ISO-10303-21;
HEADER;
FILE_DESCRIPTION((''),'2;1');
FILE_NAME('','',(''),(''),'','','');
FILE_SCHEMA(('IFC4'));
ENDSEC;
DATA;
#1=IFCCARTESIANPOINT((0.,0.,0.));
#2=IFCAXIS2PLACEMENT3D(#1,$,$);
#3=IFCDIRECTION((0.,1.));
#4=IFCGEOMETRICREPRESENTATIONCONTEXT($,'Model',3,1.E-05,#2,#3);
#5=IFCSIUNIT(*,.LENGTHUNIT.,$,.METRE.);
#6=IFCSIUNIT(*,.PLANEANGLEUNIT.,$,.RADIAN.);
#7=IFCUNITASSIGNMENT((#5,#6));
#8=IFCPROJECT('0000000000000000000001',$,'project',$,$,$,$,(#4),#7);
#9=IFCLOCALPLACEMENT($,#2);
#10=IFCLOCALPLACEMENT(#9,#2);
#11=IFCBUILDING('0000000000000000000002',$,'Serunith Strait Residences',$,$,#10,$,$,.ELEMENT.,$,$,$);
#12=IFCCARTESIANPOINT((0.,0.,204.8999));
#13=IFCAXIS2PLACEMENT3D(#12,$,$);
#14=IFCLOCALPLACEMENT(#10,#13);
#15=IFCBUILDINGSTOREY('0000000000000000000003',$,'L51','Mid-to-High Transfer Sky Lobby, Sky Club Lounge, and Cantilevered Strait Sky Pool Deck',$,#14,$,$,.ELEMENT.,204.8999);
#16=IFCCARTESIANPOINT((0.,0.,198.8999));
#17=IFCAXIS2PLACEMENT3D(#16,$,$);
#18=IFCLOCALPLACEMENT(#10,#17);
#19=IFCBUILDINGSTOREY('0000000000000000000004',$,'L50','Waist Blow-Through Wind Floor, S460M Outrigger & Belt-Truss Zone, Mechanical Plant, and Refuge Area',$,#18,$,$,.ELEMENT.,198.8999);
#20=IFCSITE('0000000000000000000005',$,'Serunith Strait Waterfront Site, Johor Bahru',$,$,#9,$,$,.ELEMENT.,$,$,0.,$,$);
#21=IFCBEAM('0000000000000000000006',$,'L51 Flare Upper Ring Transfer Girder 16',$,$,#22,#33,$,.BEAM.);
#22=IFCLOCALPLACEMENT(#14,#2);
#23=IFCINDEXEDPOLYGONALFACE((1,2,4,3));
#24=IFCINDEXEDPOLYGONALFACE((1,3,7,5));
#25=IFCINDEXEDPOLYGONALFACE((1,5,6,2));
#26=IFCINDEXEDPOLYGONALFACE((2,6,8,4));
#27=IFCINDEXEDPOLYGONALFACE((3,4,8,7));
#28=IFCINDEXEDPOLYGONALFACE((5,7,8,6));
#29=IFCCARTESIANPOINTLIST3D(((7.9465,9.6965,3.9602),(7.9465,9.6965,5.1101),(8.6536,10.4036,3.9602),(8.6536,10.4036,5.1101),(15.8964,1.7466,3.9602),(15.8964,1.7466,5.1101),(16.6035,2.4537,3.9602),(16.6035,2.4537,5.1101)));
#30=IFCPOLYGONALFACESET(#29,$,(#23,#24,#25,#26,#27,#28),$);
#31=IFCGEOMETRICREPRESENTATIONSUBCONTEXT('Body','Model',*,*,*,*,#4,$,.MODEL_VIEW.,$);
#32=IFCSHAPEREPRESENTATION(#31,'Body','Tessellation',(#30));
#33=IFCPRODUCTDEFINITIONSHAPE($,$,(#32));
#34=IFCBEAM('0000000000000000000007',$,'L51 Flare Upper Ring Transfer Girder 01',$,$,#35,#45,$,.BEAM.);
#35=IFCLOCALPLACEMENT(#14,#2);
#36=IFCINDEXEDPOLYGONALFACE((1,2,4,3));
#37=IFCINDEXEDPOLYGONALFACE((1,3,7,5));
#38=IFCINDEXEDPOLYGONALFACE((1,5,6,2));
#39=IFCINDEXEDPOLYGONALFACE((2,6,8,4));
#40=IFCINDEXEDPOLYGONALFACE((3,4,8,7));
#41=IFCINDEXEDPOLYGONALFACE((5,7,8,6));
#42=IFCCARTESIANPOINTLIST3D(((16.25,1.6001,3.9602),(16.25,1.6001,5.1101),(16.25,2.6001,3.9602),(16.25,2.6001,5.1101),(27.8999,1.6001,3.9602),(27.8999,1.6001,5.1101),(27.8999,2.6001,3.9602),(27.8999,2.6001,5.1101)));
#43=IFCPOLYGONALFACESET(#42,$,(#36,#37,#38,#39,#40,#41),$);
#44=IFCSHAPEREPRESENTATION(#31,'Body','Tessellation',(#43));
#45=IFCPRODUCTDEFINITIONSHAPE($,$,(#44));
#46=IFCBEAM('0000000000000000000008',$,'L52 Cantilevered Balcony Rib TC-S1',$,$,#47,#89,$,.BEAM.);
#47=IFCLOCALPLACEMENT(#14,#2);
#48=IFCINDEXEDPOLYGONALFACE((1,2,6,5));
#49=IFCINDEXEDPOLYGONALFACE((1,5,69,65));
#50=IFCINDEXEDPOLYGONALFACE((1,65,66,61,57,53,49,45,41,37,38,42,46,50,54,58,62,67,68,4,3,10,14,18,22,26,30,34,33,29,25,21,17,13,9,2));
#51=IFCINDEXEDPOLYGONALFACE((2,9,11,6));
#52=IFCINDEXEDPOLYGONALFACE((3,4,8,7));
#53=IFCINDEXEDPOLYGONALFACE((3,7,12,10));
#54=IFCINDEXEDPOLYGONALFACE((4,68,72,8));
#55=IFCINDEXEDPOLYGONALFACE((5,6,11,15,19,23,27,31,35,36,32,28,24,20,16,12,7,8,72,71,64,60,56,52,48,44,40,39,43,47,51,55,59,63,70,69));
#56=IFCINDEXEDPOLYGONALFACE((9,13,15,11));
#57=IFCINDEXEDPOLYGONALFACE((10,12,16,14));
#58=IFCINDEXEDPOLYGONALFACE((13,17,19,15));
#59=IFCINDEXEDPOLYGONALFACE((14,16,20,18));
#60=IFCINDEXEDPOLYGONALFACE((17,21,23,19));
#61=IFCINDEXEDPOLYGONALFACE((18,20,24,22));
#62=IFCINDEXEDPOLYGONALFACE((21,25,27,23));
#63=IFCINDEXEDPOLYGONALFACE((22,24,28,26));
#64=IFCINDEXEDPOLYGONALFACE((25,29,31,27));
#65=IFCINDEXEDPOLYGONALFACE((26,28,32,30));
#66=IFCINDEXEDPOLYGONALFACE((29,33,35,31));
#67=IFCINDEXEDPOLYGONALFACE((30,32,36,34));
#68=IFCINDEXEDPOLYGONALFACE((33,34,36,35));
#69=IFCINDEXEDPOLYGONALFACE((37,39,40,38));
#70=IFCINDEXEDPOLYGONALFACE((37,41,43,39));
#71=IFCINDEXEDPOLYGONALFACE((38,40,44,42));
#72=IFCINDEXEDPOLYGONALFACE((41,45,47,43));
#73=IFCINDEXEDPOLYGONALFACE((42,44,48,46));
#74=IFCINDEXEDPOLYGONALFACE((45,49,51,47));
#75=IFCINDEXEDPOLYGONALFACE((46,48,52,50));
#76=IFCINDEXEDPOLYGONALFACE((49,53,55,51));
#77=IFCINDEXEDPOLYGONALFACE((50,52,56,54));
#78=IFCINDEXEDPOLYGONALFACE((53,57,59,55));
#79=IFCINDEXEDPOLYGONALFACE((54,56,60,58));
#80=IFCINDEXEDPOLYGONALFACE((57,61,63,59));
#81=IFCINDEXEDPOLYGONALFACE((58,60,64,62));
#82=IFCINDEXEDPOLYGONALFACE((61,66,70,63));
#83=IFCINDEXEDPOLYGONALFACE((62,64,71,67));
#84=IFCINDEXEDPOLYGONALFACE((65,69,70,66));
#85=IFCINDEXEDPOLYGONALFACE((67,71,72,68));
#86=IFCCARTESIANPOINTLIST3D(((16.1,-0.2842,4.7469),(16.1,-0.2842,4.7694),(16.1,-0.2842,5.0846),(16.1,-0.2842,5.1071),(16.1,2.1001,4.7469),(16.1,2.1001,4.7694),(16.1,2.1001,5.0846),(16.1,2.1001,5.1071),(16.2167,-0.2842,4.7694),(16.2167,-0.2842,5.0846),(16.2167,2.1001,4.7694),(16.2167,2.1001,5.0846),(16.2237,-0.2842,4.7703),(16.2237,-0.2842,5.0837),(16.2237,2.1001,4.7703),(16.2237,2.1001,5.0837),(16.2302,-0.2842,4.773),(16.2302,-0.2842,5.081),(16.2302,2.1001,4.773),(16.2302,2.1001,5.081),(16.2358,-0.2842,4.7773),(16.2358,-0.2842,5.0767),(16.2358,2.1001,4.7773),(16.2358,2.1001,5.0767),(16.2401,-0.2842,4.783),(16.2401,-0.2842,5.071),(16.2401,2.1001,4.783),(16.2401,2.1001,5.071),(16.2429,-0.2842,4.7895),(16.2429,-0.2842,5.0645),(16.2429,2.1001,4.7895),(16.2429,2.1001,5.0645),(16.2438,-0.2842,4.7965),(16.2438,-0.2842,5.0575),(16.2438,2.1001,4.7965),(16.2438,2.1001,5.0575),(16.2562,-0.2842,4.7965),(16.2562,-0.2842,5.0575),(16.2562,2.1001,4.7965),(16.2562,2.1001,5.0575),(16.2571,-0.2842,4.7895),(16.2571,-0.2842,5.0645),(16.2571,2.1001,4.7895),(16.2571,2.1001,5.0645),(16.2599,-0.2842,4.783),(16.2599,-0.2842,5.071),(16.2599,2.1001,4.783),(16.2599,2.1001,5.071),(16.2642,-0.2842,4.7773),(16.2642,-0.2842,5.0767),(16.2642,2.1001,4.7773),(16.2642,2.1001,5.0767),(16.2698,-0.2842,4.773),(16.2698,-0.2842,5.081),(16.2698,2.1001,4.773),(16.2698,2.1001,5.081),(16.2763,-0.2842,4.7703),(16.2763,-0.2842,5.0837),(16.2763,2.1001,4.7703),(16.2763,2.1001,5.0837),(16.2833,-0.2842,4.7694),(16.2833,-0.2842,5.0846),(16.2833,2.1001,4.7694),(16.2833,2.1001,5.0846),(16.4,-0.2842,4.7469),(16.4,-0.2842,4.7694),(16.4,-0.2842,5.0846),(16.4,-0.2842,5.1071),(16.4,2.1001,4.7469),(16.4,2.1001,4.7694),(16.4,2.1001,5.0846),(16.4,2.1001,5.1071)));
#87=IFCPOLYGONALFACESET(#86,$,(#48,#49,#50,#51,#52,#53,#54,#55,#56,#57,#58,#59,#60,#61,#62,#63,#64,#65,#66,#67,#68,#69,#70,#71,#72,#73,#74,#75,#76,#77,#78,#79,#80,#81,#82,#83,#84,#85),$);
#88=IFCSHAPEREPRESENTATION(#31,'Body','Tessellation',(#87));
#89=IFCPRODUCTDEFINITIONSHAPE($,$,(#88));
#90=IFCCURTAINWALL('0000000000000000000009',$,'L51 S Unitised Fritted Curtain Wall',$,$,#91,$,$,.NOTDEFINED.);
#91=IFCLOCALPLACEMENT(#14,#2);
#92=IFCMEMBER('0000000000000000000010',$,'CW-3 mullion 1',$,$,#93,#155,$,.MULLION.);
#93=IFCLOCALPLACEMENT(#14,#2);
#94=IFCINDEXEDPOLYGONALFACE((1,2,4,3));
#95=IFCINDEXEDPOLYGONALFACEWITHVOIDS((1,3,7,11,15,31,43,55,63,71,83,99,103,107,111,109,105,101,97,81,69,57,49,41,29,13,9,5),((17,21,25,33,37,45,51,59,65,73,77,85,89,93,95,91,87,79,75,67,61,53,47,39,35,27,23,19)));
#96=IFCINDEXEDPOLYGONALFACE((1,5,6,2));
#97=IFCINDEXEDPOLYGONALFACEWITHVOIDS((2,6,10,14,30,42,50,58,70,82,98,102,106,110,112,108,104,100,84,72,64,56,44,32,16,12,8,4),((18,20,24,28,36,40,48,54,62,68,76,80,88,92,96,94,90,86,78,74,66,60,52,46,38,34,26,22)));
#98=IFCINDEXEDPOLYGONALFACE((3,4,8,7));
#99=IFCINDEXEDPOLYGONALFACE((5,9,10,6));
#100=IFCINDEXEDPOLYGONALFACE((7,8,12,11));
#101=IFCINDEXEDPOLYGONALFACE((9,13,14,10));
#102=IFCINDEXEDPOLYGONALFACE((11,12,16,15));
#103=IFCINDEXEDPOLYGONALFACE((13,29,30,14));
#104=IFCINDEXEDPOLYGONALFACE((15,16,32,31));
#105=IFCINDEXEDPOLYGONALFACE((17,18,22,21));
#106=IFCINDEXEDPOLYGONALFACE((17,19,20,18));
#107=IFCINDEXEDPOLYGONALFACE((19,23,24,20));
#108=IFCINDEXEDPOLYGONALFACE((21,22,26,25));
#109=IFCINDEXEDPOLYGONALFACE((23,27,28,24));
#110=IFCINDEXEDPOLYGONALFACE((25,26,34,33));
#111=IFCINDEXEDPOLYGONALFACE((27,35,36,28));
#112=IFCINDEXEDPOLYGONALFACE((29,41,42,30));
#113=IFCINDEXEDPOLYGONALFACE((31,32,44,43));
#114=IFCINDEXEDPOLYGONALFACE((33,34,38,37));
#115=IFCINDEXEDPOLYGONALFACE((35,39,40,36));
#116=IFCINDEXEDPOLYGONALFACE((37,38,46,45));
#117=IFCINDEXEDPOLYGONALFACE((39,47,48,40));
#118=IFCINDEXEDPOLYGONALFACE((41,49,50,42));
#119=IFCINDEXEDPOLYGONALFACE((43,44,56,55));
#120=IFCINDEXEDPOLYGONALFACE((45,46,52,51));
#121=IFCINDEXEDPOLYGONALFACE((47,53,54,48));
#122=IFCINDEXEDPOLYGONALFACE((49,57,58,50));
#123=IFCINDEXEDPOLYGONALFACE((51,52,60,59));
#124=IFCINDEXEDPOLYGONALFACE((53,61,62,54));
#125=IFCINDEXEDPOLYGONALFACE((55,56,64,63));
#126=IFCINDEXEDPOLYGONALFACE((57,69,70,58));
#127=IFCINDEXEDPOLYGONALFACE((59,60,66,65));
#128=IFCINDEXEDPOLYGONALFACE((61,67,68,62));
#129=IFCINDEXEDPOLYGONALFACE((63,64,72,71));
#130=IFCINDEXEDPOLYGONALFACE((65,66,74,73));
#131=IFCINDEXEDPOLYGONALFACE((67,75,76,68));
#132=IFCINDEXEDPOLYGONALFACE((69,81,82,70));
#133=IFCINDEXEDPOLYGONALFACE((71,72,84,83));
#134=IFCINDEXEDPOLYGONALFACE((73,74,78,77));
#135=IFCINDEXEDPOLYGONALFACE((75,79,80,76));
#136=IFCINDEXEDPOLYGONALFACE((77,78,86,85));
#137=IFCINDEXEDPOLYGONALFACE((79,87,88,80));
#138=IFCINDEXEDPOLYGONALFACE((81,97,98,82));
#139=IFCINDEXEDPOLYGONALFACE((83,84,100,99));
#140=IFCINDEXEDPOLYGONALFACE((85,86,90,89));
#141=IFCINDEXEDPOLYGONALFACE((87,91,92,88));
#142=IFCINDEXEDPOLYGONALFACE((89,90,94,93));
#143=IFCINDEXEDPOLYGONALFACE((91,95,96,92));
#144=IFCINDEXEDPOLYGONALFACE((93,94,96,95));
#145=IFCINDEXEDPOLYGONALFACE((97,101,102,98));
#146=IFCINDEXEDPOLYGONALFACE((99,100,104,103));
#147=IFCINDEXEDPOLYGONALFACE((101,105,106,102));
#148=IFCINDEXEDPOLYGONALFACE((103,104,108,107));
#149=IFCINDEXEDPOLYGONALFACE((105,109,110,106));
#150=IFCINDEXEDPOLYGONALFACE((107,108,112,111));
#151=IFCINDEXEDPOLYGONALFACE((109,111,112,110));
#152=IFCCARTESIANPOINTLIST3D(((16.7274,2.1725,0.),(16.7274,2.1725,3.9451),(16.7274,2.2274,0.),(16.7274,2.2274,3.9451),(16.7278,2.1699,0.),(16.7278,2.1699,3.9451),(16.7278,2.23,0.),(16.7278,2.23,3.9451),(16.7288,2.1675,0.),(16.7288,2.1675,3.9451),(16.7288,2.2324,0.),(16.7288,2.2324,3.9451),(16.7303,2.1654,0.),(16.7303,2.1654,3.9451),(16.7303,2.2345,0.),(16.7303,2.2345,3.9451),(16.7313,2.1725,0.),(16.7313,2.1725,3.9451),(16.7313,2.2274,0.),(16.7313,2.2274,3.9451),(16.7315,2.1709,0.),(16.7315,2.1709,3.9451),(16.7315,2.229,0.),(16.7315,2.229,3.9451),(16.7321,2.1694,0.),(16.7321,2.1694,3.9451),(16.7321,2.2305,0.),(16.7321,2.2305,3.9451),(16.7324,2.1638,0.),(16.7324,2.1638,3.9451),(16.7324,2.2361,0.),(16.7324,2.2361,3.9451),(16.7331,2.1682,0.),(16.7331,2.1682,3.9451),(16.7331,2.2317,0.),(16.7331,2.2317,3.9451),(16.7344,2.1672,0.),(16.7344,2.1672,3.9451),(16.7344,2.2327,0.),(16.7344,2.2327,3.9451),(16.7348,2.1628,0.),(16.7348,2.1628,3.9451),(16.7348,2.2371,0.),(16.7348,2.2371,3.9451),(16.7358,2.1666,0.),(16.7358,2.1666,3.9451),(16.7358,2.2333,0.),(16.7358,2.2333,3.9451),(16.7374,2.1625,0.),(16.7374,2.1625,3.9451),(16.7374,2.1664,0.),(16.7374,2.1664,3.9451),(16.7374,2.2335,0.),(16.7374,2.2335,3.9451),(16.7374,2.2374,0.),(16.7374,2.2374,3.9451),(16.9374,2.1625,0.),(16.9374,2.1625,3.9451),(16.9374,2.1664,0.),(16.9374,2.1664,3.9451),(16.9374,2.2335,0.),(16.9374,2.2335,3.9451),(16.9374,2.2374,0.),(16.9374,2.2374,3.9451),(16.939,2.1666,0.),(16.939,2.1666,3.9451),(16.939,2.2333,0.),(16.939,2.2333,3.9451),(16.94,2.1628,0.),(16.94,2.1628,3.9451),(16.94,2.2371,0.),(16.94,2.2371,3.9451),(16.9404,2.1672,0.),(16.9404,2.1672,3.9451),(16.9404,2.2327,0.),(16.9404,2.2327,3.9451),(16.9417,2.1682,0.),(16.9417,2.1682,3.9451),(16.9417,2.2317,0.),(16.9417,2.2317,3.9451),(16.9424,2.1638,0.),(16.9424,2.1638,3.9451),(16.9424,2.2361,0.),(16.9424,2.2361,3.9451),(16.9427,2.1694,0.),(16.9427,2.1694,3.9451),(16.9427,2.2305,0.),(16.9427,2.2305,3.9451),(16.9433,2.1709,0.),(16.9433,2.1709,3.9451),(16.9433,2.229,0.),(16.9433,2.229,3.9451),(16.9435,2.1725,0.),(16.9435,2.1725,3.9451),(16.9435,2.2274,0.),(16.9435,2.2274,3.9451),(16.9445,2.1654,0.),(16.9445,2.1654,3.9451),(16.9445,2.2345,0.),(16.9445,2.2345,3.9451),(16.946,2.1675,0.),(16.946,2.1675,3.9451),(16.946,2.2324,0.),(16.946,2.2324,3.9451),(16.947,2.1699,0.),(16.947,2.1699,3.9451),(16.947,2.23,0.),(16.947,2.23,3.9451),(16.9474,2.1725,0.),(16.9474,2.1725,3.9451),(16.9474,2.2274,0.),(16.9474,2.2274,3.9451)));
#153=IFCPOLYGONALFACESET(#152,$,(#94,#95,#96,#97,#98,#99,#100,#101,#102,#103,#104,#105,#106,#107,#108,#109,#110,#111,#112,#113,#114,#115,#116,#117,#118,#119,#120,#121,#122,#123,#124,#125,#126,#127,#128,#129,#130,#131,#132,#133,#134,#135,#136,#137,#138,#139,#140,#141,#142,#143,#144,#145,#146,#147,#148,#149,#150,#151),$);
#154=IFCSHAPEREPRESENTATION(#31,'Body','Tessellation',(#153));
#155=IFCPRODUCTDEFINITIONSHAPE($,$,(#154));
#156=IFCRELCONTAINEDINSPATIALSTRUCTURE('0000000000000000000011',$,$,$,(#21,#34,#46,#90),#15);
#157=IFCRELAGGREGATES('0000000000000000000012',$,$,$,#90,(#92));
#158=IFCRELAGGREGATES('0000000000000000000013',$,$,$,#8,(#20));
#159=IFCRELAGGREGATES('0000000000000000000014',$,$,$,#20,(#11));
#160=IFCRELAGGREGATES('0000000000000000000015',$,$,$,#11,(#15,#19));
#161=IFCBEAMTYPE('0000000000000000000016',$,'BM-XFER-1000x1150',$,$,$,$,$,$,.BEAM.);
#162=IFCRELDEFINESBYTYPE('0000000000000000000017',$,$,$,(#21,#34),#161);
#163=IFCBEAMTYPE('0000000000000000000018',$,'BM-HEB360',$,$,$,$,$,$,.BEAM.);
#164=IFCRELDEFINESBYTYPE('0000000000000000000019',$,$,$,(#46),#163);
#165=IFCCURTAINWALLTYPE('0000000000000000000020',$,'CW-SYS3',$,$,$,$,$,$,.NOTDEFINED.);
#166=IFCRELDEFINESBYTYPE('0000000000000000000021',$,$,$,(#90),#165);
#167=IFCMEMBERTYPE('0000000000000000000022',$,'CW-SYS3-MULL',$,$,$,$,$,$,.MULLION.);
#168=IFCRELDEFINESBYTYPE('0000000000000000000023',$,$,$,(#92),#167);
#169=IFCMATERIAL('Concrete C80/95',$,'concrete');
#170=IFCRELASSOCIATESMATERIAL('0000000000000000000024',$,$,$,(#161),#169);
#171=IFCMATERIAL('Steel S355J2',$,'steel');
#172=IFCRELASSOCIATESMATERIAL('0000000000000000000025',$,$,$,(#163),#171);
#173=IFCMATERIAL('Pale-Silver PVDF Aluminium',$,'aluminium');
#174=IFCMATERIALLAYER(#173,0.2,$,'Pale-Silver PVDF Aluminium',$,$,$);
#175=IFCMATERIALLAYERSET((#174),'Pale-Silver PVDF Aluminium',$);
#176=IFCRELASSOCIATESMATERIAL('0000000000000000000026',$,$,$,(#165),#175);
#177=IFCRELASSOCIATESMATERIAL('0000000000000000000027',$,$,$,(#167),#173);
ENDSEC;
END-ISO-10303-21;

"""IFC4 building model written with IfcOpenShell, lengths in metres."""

from ifc_helpers import new_model, si_unit, direction, frame, origin, origin_2d, place, context, subcontext, project, spatial, rectangle, hollow_rectangle, i_section, extrude, source, transform, mapped, material, layer, layer_set, material_profile, profile_set, type_object, element, aggregate, save


model = new_model("IFC4")

# Units and contexts
model_context = context("Model", 3, precision=1e-05, world=origin(), true_north=direction((0.0, 1.0)))
body_context = subcontext(model_context, "Body", "Model", "MODEL_VIEW")
ifc_project = project(units=[si_unit("LENGTHUNIT", "METRE"), si_unit("PLANEANGLEUNIT", "RADIAN")], contexts=[model_context])

# Site, building, storey
site_placement = place(None, origin())
site = spatial("IfcSite", under=ifc_project, at=site_placement, Name="Serunith Strait Waterfront Site, Johor Bahru", CompositionType="ELEMENT", RefElevation=0.0)
building_placement = place(site_placement, origin())
building = spatial("IfcBuilding", under=site, at=building_placement, Name="Serunith Strait Residences", CompositionType="ELEMENT")
storey_1_placement = place(building_placement, frame((0.0, 0.0, 204.8999)))
storey_1 = spatial("IfcBuildingStorey", under=building, at=storey_1_placement, Name="L51", Description="Mid-to-High Transfer Sky Lobby, Sky Club Lounge, and Cantilevered Strait Sky Pool Deck", CompositionType="ELEMENT", Elevation=204.8999)

# Beams
ifc_material_1 = material(Name="Concrete C80/95", Category="concrete")
ifc_material_profile_1 = material_profile(ifc_material_1, rectangle(XDim=1.0, YDim=1.1499, at=origin_2d()), Name="RC 1000x1150")
ifc_profile_set_1 = profile_set([ifc_material_profile_1], Name="Concrete C80/95")
beam_type_1 = type_object("IfcBeamType", Name="BM-XFER-1000x1150", PredefinedType="BEAM", material=ifc_profile_set_1)
shared_shape_1 = source(origin(), body_context, "Body", "SweptSolid", [
    extrude(rectangle(XDim=1.0, YDim=1.1499, at=origin_2d()), origin(), (0.0, 0.0, 1.0), 11.2429),
])
beam_1_placement = place(storey_1_placement, frame((8.3, 10.05, 4.5352), z_axis=(0.707107, -0.707107, 0.0), x_axis=(0.707107, 0.707107, 0.0)))
element("IfcBeam", 1, at=beam_1_placement, inside=storey_1, type_object=beam_type_1, Name="L51 Flare Upper Ring Transfer Girder 16", PredefinedType="BEAM", context=body_context, shape_type="MappedRepresentation", body=[
    mapped(shared_shape_1, transform((0.0, 0.0, 0.0), scale=1.0)),
])
shared_shape_2 = source(origin(), body_context, "Body", "SweptSolid", [
    extrude(rectangle(XDim=1.0, YDim=1.1499, at=origin_2d()), origin(), (0.0, 0.0, 1.0), 11.6499),
])
beam_2_placement = place(storey_1_placement, frame((16.25, 2.1001, 4.5352), z_axis=(1.0, 0.0, 0.0), x_axis=(0.0, 1.0, 0.0)))
element("IfcBeam", 2, at=beam_2_placement, inside=storey_1, type_object=beam_type_1, Name="L51 Flare Upper Ring Transfer Girder 01", PredefinedType="BEAM", context=body_context, shape_type="MappedRepresentation", body=[
    mapped(shared_shape_2, transform((0.0, 0.0, 0.0), scale=1.0)),
])
ifc_material_2 = material(Name="Steel S355J2", Category="steel")
ifc_material_profile_2 = material_profile(ifc_material_2, i_section(OverallWidth=0.3, OverallDepth=0.3601, WebThickness=0.0125, FlangeThickness=0.0225, FilletRadius=0.0271, at=origin_2d()), Name="HEB 360")
ifc_profile_set_2 = profile_set([ifc_material_profile_2], Name="Steel S355J2")
beam_type_2 = type_object("IfcBeamType", Name="BM-HEB360", PredefinedType="BEAM", material=ifc_profile_set_2)
shared_shape_3 = source(origin(), body_context, "Body", "SweptSolid", [
    extrude(i_section(OverallWidth=0.3, OverallDepth=0.3601, WebThickness=0.0125, FlangeThickness=0.0225, FilletRadius=0.0271, at=origin_2d()), origin(), (0.0, 0.0, 1.0), 2.3843),
])
beam_3_placement = place(storey_1_placement, frame((16.25, 2.1001, 4.927), z_axis=(0.0, -1.0, 0.0), x_axis=(1.0, 0.0, 0.0)))
element("IfcBeam", 3, at=beam_3_placement, inside=storey_1, type_object=beam_type_2, Name="L52 Cantilevered Balcony Rib TC-S1", PredefinedType="BEAM", context=body_context, shape_type="MappedRepresentation", body=[
    mapped(shared_shape_3, transform((0.0, 0.0, 0.0), scale=1.0)),
])

# Curtain wall, member
ifc_material_3 = material(Name="Pale-Silver PVDF Aluminium", Category="aluminium")
ifc_layer_1 = layer(ifc_material_3, 0.2, Name="Pale-Silver PVDF Aluminium")
ifc_layer_set_1 = layer_set([ifc_layer_1], Name="Pale-Silver PVDF Aluminium")
curtain_wall_type = type_object("IfcCurtainWallType", Name="CW-SYS3", PredefinedType="NOTDEFINED", material=ifc_layer_set_1)
curtain_wall_1_placement = place(storey_1_placement, origin())
curtain_wall_1 = element("IfcCurtainWall", 4, at=curtain_wall_1_placement, inside=storey_1, type_object=curtain_wall_type, Name="L51 S Unitised Fritted Curtain Wall", PredefinedType="NOTDEFINED")
ifc_material_profile_3 = material_profile(ifc_material_3, hollow_rectangle(XDim=0.075, YDim=0.22, WallThickness=0.0039, InnerFilletRadius=0.0061, OuterFilletRadius=0.01, at=origin_2d()), Name="ALU 220x75x4")
ifc_profile_set_3 = profile_set([ifc_material_profile_3], Name="Pale-Silver PVDF Aluminium")
member_type_1 = type_object("IfcMemberType", Name="CW-SYS3-MULL", PredefinedType="MULLION", material=ifc_profile_set_3)
shared_shape_4 = source(origin(), body_context, "Body", "SweptSolid", [
    extrude(hollow_rectangle(XDim=0.075, YDim=0.22, WallThickness=0.0039, InnerFilletRadius=0.0061, OuterFilletRadius=0.01, at=origin_2d()), origin(), (0.0, 0.0, 1.0), 3.9451),
])
member_1_placement = place(storey_1_placement, frame((16.8374, 2.2, 0.0), z_axis=(0.0, 0.0, 1.0), x_axis=(0.0, 1.0, 0.0)))
member_1 = element("IfcMember", 5, at=member_1_placement, type_object=member_type_1, Name="CW-3 mullion 1", PredefinedType="MULLION", context=body_context, shape_type="MappedRepresentation", body=[
    mapped(shared_shape_4, transform((0.0, 0.0, 0.0), scale=1.0)),
])
aggregate(curtain_wall_1, [member_1])

# Shared definitions
storey_2_placement = place(building_placement, frame((0.0, 0.0, 198.8999)))
storey_2 = spatial("IfcBuildingStorey", under=building, at=storey_2_placement, Name="L50", Description="Waist Blow-Through Wind Floor, S460M Outrigger & Belt-Truss Zone, Mechanical Plant, and Refuge Area", CompositionType="ELEMENT", Elevation=198.8999)

save(model, "model.ifc")
